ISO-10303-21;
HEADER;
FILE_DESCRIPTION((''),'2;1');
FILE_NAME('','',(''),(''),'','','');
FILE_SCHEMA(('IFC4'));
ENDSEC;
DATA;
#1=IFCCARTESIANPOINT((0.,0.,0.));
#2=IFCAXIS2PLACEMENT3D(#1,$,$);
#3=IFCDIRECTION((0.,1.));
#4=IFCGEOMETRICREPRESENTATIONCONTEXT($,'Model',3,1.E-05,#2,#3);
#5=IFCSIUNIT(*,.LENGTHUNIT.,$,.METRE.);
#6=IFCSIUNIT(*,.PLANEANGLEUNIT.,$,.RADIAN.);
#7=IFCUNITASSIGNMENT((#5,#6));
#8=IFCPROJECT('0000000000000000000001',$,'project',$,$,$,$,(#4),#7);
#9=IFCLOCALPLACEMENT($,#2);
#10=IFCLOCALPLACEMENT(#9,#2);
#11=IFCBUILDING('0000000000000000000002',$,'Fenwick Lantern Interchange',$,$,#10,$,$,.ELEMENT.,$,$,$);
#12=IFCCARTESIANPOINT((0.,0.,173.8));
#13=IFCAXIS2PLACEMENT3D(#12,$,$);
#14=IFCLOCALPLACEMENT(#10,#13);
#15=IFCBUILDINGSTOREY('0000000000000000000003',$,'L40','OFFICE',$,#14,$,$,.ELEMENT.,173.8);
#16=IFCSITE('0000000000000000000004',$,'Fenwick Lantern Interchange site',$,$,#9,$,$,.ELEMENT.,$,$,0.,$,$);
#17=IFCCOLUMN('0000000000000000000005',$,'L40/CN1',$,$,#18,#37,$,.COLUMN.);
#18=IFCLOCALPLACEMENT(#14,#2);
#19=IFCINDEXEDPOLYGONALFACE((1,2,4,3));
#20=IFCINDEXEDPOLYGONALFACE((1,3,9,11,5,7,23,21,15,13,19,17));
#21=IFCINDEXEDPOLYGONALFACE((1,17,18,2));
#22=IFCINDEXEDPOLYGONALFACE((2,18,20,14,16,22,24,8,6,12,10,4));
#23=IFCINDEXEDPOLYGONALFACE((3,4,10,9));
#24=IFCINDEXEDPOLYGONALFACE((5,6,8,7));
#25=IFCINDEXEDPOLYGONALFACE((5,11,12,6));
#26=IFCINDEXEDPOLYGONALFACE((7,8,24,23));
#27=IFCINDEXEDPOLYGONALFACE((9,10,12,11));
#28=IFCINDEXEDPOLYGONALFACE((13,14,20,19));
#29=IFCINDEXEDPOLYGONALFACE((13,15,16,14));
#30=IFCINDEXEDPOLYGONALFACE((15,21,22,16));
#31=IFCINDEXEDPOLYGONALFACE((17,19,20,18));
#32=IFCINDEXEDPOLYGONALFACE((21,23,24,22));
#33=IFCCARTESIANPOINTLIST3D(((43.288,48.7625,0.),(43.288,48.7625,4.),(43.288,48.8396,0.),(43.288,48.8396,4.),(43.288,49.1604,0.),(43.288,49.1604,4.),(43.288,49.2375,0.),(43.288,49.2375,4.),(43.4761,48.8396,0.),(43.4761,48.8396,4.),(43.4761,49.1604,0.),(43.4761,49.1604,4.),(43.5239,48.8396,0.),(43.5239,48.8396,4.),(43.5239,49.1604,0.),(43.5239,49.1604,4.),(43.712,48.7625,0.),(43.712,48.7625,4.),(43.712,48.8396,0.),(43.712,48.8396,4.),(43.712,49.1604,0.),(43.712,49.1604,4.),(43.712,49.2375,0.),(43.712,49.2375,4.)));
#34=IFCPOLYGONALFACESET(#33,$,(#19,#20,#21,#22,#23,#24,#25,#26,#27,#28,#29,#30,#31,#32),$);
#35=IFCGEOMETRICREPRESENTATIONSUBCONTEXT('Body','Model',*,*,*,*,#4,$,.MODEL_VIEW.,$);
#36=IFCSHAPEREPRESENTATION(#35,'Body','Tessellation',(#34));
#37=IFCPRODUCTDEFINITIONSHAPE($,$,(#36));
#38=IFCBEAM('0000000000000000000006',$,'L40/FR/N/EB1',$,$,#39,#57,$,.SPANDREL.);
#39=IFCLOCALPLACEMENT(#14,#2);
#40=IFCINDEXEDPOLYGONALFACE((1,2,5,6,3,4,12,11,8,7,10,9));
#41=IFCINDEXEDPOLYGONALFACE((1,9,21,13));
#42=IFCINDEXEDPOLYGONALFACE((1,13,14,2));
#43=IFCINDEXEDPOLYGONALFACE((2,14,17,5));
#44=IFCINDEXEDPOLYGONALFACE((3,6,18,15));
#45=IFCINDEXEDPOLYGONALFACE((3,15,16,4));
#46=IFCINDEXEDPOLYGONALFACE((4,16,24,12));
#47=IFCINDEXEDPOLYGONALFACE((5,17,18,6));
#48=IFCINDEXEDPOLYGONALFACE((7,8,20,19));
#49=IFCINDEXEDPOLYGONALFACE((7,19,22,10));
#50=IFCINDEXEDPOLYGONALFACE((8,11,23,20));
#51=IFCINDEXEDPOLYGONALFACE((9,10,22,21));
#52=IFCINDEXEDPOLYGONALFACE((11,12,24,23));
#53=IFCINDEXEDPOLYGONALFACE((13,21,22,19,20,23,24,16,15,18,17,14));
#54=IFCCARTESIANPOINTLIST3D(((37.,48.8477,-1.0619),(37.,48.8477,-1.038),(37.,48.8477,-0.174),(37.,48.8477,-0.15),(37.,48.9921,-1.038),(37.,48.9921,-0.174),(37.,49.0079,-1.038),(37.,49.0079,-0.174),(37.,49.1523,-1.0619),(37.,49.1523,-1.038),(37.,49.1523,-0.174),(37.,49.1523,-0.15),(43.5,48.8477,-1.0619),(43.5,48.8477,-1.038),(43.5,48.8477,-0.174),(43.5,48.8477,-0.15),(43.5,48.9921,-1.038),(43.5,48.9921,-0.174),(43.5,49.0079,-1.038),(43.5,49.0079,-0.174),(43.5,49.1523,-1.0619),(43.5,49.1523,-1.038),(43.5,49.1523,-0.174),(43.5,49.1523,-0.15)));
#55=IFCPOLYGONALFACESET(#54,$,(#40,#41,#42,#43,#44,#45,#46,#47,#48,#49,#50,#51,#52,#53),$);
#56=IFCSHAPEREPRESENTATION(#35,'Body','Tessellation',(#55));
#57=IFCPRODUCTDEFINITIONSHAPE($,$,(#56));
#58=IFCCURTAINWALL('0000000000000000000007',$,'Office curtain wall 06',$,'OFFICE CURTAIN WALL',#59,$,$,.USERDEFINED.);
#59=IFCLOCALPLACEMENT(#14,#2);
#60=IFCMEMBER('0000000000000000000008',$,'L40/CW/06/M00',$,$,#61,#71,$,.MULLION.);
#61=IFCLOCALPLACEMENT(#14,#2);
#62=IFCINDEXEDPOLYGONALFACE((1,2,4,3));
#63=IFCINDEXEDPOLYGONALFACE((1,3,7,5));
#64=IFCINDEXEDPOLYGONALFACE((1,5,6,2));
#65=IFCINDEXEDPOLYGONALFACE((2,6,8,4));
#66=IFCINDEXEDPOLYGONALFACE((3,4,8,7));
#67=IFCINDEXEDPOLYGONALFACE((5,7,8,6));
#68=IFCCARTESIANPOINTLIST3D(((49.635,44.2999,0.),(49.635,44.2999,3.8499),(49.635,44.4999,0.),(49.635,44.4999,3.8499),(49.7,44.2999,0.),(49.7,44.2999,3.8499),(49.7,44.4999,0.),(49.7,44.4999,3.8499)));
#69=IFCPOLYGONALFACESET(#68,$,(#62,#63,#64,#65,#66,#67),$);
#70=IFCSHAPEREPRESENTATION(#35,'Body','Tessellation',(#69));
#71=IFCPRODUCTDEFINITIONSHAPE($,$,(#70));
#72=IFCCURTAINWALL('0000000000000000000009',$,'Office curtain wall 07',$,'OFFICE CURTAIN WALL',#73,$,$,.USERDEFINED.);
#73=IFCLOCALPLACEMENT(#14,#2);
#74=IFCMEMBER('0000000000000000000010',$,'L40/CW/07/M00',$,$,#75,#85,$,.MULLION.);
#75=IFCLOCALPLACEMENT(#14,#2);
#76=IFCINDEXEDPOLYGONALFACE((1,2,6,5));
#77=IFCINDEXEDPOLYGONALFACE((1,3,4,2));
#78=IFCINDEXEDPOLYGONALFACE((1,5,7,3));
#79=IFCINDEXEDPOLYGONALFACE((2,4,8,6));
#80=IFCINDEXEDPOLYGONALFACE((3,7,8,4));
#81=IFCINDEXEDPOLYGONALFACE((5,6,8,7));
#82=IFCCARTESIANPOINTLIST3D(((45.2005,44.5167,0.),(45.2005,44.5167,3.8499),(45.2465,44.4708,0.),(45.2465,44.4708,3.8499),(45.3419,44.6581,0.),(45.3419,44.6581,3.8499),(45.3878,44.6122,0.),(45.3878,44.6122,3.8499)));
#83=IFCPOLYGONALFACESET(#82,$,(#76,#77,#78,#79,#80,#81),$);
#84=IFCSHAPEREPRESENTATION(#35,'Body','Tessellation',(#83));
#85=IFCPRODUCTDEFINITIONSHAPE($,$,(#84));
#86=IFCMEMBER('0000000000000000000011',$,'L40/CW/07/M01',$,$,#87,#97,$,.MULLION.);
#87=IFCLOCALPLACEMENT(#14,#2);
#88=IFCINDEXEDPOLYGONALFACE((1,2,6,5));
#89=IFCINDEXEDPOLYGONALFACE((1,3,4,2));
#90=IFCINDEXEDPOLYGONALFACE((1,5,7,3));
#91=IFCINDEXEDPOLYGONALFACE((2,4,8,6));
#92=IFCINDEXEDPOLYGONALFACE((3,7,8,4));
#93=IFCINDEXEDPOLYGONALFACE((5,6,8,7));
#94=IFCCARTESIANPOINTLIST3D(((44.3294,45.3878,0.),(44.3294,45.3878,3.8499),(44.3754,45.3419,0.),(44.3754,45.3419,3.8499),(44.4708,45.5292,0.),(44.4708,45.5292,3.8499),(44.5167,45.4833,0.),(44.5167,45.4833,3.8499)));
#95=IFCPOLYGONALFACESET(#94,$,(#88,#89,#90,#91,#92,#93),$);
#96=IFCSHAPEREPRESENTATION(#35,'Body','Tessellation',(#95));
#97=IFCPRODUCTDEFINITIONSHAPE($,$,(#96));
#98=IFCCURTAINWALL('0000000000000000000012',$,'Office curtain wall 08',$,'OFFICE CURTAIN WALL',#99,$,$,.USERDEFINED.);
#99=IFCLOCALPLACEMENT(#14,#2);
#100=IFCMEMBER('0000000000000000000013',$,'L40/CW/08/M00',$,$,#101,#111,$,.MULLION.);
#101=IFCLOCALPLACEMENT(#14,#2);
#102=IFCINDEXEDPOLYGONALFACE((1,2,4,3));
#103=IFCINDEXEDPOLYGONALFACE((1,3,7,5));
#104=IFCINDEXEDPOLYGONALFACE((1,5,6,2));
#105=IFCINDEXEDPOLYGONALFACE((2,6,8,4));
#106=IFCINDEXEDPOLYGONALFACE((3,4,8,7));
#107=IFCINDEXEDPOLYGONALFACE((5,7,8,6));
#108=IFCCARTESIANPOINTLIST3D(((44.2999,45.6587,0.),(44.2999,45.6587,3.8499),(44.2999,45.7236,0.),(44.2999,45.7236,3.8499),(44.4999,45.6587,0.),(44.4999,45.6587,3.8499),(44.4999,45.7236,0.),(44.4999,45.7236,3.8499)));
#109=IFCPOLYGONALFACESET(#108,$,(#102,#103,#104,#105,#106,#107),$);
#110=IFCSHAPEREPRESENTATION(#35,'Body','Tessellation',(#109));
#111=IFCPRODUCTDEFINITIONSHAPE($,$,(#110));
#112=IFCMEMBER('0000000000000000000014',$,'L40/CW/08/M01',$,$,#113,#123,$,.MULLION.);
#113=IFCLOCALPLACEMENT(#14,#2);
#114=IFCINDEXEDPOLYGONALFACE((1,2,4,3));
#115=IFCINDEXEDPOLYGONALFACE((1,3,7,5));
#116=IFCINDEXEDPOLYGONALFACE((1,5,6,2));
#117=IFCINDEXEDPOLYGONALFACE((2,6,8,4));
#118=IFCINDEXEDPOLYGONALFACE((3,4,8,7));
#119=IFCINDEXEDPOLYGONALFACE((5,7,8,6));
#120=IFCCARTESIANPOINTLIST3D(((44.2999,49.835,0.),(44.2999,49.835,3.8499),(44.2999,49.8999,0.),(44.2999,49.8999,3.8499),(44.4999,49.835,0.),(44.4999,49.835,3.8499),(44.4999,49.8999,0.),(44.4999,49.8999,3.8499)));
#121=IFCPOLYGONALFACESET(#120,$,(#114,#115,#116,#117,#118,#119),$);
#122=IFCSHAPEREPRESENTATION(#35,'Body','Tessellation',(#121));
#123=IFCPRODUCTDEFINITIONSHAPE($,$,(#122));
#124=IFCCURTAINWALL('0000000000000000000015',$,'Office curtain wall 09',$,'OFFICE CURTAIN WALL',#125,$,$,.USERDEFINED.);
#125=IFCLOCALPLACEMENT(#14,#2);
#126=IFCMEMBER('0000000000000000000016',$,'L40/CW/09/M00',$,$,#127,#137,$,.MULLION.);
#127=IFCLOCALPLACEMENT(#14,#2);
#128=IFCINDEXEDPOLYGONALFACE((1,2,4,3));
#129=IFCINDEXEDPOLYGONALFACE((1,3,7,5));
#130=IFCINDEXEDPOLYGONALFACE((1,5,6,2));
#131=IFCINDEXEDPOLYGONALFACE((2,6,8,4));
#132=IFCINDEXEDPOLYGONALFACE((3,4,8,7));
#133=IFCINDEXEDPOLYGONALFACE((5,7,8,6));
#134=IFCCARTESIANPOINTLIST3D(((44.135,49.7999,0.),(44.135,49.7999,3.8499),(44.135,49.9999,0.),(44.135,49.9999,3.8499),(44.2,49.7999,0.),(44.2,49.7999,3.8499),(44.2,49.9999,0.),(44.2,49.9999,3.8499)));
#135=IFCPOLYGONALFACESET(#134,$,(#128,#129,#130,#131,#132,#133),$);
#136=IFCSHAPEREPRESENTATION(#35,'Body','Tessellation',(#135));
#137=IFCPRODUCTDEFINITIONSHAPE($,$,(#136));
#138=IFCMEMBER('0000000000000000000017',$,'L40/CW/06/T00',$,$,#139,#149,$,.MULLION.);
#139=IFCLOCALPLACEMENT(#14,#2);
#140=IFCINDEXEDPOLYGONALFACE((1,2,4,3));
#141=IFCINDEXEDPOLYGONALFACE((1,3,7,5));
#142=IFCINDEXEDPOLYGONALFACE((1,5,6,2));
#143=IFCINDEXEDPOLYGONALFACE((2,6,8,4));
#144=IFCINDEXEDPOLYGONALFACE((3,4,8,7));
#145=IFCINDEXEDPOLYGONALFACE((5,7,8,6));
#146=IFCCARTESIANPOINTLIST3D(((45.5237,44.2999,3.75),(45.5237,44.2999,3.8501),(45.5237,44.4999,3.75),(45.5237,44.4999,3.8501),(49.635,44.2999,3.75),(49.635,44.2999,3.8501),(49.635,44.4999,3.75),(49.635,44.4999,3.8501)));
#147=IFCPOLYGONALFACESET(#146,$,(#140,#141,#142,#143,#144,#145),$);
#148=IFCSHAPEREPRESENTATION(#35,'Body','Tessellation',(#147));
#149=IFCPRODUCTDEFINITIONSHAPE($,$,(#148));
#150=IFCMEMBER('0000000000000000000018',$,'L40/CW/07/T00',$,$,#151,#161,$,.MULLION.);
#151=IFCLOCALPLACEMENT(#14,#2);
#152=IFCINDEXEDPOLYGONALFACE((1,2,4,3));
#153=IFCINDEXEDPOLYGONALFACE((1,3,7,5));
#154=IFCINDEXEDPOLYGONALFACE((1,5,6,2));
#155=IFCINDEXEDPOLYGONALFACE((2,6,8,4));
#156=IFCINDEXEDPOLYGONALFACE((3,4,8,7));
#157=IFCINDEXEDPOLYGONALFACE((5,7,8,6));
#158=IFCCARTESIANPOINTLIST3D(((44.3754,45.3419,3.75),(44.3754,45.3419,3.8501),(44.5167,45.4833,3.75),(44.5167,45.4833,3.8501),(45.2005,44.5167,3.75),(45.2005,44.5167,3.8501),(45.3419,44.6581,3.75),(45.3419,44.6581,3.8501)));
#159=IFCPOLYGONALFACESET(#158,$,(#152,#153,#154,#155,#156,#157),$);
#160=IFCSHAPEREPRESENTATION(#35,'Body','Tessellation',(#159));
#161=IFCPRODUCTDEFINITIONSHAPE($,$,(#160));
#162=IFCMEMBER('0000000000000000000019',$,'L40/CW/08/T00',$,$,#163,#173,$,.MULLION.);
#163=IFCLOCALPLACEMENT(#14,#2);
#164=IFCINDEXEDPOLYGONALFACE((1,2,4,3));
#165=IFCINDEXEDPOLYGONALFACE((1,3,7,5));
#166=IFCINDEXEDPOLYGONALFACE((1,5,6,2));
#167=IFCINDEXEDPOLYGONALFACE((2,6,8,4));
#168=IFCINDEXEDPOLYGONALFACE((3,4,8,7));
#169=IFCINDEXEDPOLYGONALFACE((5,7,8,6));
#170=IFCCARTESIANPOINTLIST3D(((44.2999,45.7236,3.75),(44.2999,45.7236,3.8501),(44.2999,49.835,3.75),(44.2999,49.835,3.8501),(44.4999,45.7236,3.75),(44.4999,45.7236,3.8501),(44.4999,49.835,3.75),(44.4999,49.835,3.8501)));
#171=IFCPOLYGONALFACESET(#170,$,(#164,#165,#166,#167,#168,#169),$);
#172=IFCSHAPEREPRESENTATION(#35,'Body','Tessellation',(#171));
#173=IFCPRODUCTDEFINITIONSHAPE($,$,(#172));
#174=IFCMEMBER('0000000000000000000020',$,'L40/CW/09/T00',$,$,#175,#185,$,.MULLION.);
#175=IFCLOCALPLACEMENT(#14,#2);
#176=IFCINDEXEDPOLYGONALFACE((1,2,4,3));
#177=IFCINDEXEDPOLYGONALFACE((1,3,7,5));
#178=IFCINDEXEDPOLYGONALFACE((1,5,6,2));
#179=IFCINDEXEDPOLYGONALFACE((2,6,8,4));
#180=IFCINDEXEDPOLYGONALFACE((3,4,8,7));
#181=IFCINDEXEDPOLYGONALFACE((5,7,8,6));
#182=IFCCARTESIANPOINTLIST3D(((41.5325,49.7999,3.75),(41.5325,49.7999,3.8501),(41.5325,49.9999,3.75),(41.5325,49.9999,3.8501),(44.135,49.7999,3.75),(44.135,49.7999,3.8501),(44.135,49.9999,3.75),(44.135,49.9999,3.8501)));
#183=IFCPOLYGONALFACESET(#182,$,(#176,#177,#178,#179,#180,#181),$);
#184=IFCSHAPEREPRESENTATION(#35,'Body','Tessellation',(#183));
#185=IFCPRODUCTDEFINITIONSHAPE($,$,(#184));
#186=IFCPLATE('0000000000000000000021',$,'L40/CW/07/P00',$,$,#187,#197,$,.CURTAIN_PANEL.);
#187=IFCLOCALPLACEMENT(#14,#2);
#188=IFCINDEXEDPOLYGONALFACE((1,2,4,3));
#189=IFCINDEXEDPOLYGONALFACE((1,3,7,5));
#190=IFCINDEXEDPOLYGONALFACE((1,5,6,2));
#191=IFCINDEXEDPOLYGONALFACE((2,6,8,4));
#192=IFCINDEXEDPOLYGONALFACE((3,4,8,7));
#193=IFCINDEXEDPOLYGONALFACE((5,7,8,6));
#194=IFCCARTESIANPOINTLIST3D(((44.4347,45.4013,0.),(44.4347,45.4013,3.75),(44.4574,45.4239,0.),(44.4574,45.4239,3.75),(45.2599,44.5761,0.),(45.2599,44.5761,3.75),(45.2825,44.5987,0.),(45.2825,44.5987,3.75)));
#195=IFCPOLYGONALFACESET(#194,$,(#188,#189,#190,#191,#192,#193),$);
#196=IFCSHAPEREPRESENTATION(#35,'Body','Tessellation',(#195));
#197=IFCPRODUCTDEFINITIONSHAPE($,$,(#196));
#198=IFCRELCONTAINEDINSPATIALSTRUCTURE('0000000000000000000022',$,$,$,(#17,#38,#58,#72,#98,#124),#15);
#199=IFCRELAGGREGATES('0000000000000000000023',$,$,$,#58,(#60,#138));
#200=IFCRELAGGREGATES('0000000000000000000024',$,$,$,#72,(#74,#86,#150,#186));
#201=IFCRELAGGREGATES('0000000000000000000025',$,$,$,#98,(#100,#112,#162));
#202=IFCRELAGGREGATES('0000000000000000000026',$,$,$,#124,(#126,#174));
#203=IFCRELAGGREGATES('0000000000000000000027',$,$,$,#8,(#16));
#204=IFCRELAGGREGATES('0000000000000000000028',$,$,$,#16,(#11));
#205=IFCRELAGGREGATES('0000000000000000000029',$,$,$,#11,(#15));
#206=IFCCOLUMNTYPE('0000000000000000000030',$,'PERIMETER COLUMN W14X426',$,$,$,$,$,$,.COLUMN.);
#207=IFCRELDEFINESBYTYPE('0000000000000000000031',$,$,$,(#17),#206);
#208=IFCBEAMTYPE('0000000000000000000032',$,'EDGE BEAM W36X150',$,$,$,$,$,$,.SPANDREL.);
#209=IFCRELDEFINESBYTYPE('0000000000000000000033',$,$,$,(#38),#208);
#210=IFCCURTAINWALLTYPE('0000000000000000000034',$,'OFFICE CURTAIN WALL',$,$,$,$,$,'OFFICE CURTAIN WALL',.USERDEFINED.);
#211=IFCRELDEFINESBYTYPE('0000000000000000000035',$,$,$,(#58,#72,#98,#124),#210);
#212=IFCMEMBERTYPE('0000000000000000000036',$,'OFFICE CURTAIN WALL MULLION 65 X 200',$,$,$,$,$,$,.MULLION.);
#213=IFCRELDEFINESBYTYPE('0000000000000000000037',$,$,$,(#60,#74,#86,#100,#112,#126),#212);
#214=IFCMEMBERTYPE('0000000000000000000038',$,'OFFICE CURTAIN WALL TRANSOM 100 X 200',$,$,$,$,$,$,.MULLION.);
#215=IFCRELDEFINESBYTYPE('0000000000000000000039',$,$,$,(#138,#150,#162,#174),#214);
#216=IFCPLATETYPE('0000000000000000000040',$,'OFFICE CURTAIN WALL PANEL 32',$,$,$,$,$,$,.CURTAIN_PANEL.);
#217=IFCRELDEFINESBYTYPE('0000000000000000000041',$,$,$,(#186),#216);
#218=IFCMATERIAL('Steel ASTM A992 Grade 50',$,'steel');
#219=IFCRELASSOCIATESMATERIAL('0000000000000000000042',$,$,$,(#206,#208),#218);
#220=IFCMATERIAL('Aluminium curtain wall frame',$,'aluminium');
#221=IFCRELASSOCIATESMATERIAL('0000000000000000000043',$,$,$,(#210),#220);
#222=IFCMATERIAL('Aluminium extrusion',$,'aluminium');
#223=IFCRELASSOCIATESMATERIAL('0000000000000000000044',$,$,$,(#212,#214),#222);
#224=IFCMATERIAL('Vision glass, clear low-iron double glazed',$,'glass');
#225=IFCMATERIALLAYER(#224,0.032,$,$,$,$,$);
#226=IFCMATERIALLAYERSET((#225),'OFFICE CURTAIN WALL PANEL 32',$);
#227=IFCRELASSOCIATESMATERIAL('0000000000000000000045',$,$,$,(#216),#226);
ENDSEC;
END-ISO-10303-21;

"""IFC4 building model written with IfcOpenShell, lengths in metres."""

from ifc_helpers import new_model, si_unit, direction, frame, origin, origin_2d, place, context, subcontext, project, spatial, rectangle, i_section, extrude, material, layer, layer_set, material_profile, profile_set, type_object, element, aggregate, save


model = new_model("IFC4")

# Units and contexts
model_context = context("Model", 3, precision=1e-05, world=origin(), true_north=direction((0.0, 1.0)))
body_context = subcontext(model_context, "Body", "Model", "MODEL_VIEW")
ifc_project = project(units=[si_unit("LENGTHUNIT", "METRE"), si_unit("PLANEANGLEUNIT", "RADIAN")], contexts=[model_context])

# Site, building, storey
site_placement = place(None, origin())
site = spatial("IfcSite", under=ifc_project, at=site_placement, Name="Fenwick Lantern Interchange site", CompositionType="ELEMENT", RefElevation=0.0)
building_placement = place(site_placement, origin())
building = spatial("IfcBuilding", under=site, at=building_placement, Name="Fenwick Lantern Interchange", CompositionType="ELEMENT")
storey_placement = place(building_placement, frame((0.0, 0.0, 173.8)))
storey = spatial("IfcBuildingStorey", under=building, at=storey_placement, Name="L40", Description="OFFICE", CompositionType="ELEMENT", Elevation=173.8)

# Column
ifc_material_1 = material(Name="Steel ASTM A992 Grade 50", Category="steel")
ifc_material_profile_1 = material_profile(ifc_material_1, i_section(OverallWidth=0.4241, OverallDepth=0.4751, WebThickness=0.0479, FlangeThickness=0.0771, at=origin_2d()), Name="W14X426")
ifc_profile_set_1 = profile_set([ifc_material_profile_1], Name="Steel ASTM A992 Grade 50")
column_type = type_object("IfcColumnType", Name="PERIMETER COLUMN W14X426", PredefinedType="COLUMN", material=ifc_profile_set_1)
column_placement = place(storey_placement, frame((43.5, 49.0, 0.0), z_axis=(0.0, 0.0, 1.0), x_axis=(1.0, 0.0, 0.0)))
element("IfcColumn", 1, at=column_placement, inside=storey, type_object=column_type, Name="L40/CN1", PredefinedType="COLUMN", context=body_context, shape_type="SweptSolid", body=[
    extrude(i_section(OverallWidth=0.4241, OverallDepth=0.4751, WebThickness=0.0479, FlangeThickness=0.0771, at=origin_2d()), origin(), (0.0, 0.0, 1.0), 4.0),
])

# Beam
ifc_material_profile_2 = material_profile(ifc_material_1, i_section(OverallWidth=0.3047, OverallDepth=0.9119, WebThickness=0.0159, FlangeThickness=0.0239, at=origin_2d()), Name="W36X150")
ifc_profile_set_2 = profile_set([ifc_material_profile_2], Name="Steel ASTM A992 Grade 50")
beam_type = type_object("IfcBeamType", Name="EDGE BEAM W36X150", PredefinedType="SPANDREL", material=ifc_profile_set_2)
beam_placement = place(storey_placement, frame((43.5, 49.0, -0.606), z_axis=(-1.0, 0.0, 0.0), x_axis=(0.0, -1.0, 0.0)))
element("IfcBeam", 2, at=beam_placement, inside=storey, type_object=beam_type, Name="L40/FR/N/EB1", PredefinedType="SPANDREL", context=body_context, shape_type="SweptSolid", body=[
    extrude(i_section(OverallWidth=0.3047, OverallDepth=0.9119, WebThickness=0.0159, FlangeThickness=0.0239, at=origin_2d()), origin(), (0.0, 0.0, 1.0), 6.5),
])

# Curtain wall, member
ifc_material_2 = material(Name="Aluminium curtain wall frame", Category="aluminium")
curtain_wall_type = type_object("IfcCurtainWallType", Name="OFFICE CURTAIN WALL", ElementType="OFFICE CURTAIN WALL", PredefinedType="USERDEFINED", material=ifc_material_2)
curtain_wall_1_placement = place(storey_placement, origin())
curtain_wall_1 = element("IfcCurtainWall", 3, at=curtain_wall_1_placement, inside=storey, type_object=curtain_wall_type, Name="Office curtain wall 06", ObjectType="OFFICE CURTAIN WALL", PredefinedType="USERDEFINED")
ifc_material_3 = material(Name="Aluminium extrusion", Category="aluminium")
ifc_material_profile_3 = material_profile(ifc_material_3, rectangle(XDim=0.2, YDim=0.0649, at=origin_2d()), Name="OFFICE CURTAIN WALL MULLION 65 X 200")
ifc_profile_set_3 = profile_set([ifc_material_profile_3], Name="Aluminium extrusion")
member_type_1 = type_object("IfcMemberType", Name="OFFICE CURTAIN WALL MULLION 65 X 200", PredefinedType="MULLION", material=ifc_profile_set_3)
member_1_placement = place(storey_placement, frame((49.6675, 44.3999, 0.0), z_axis=(0.0, 0.0, 1.0), x_axis=(0.0, -1.0, 0.0)))
member_1 = element("IfcMember", 4, at=member_1_placement, type_object=member_type_1, Name="L40/CW/06/M00", PredefinedType="MULLION", context=body_context, shape_type="SweptSolid", body=[
    extrude(rectangle(XDim=0.2, YDim=0.0649, at=origin_2d()), origin(), (0.0, 0.0, 1.0), 3.8499),
])

# Curtain walls, members
curtain_wall_2_placement = place(storey_placement, origin())
curtain_wall_2 = element("IfcCurtainWall", 5, at=curtain_wall_2_placement, inside=storey, type_object=curtain_wall_type, Name="Office curtain wall 07", ObjectType="OFFICE CURTAIN WALL", PredefinedType="USERDEFINED")
member_2_placement = place(storey_placement, frame((45.2942, 44.5645, 0.0), z_axis=(0.0, 0.0, 1.0), x_axis=(-0.707107, -0.707107, 0.0)))
member_2 = element("IfcMember", 6, at=member_2_placement, type_object=member_type_1, Name="L40/CW/07/M00", PredefinedType="MULLION", context=body_context, shape_type="SweptSolid", body=[
    extrude(rectangle(XDim=0.2, YDim=0.0649, at=origin_2d()), origin(), (0.0, 0.0, 1.0), 3.8499),
])
member_3_placement = place(storey_placement, frame((44.4231, 45.4355, 0.0), z_axis=(0.0, 0.0, 1.0), x_axis=(-0.707107, -0.707107, 0.0)))
member_3 = element("IfcMember", 7, at=member_3_placement, type_object=member_type_1, Name="L40/CW/07/M01", PredefinedType="MULLION", context=body_context, shape_type="SweptSolid", body=[
    extrude(rectangle(XDim=0.2, YDim=0.0649, at=origin_2d()), origin(), (0.0, 0.0, 1.0), 3.8499),
])
curtain_wall_3_placement = place(storey_placement, origin())
curtain_wall_3 = element("IfcCurtainWall", 8, at=curtain_wall_3_placement, inside=storey, type_object=curtain_wall_type, Name="Office curtain wall 08", ObjectType="OFFICE CURTAIN WALL", PredefinedType="USERDEFINED")
member_4_placement = place(storey_placement, frame((44.3999, 45.6912, 0.0), z_axis=(0.0, 0.0, 1.0), x_axis=(-1.0, 0.0, 0.0)))
member_4 = element("IfcMember", 9, at=member_4_placement, type_object=member_type_1, Name="L40/CW/08/M00", PredefinedType="MULLION", context=body_context, shape_type="SweptSolid", body=[
    extrude(rectangle(XDim=0.2, YDim=0.0649, at=origin_2d()), origin(), (0.0, 0.0, 1.0), 3.8499),
])
member_5_placement = place(storey_placement, frame((44.3999, 49.8674, 0.0), z_axis=(0.0, 0.0, 1.0), x_axis=(-1.0, 0.0, 0.0)))
member_5 = element("IfcMember", 10, at=member_5_placement, type_object=member_type_1, Name="L40/CW/08/M01", PredefinedType="MULLION", context=body_context, shape_type="SweptSolid", body=[
    extrude(rectangle(XDim=0.2, YDim=0.0649, at=origin_2d()), origin(), (0.0, 0.0, 1.0), 3.8499),
])

# Curtain wall, member
curtain_wall_4_placement = place(storey_placement, origin())
curtain_wall_4 = element("IfcCurtainWall", 11, at=curtain_wall_4_placement, inside=storey, type_object=curtain_wall_type, Name="Office curtain wall 09", ObjectType="OFFICE CURTAIN WALL", PredefinedType="USERDEFINED")
member_6_placement = place(storey_placement, frame((44.1675, 49.8999, 0.0), z_axis=(0.0, 0.0, 1.0), x_axis=(0.0, -1.0, 0.0)))
member_6 = element("IfcMember", 12, at=member_6_placement, type_object=member_type_1, Name="L40/CW/09/M00", PredefinedType="MULLION", context=body_context, shape_type="SweptSolid", body=[
    extrude(rectangle(XDim=0.2, YDim=0.0649, at=origin_2d()), origin(), (0.0, 0.0, 1.0), 3.8499),
])

# Members
ifc_material_profile_4 = material_profile(ifc_material_3, rectangle(XDim=0.2, YDim=0.1001, at=origin_2d()), Name="OFFICE CURTAIN WALL TRANSOM 100 X 200")
ifc_profile_set_4 = profile_set([ifc_material_profile_4], Name="Aluminium extrusion")
member_type_2 = type_object("IfcMemberType", Name="OFFICE CURTAIN WALL TRANSOM 100 X 200", PredefinedType="MULLION", material=ifc_profile_set_4)
member_7_placement = place(storey_placement, frame((49.635, 44.3999, 3.8), z_axis=(-1.0, 0.0, 0.0), x_axis=(0.0, -1.0, 0.0)))
member_7 = element("IfcMember", 13, at=member_7_placement, type_object=member_type_2, Name="L40/CW/06/T00", PredefinedType="MULLION", context=body_context, shape_type="SweptSolid", body=[
    extrude(rectangle(XDim=0.2, YDim=0.1001, at=origin_2d()), origin(), (0.0, 0.0, 1.0), 4.1113),
])
aggregate(curtain_wall_1, [member_1, member_7])
member_8_placement = place(storey_placement, frame((45.2712, 44.5874, 3.8), z_axis=(-0.707107, 0.707107, 0.0), x_axis=(-0.707107, -0.707107, 0.0)))
member_8 = element("IfcMember", 14, at=member_8_placement, type_object=member_type_2, Name="L40/CW/07/T00", PredefinedType="MULLION", context=body_context, shape_type="SweptSolid", body=[
    extrude(rectangle(XDim=0.2, YDim=0.1001, at=origin_2d()), origin(), (0.0, 0.0, 1.0), 1.167),
])
member_9_placement = place(storey_placement, frame((44.3999, 45.7236, 3.8), z_axis=(0.0, 1.0, 0.0), x_axis=(-1.0, 0.0, 0.0)))
member_9 = element("IfcMember", 15, at=member_9_placement, type_object=member_type_2, Name="L40/CW/08/T00", PredefinedType="MULLION", context=body_context, shape_type="SweptSolid", body=[
    extrude(rectangle(XDim=0.2, YDim=0.1001, at=origin_2d()), origin(), (0.0, 0.0, 1.0), 4.1113),
])
member_10_placement = place(storey_placement, frame((44.135, 49.8999, 3.8), z_axis=(-1.0, 0.0, 0.0), x_axis=(0.0, -1.0, 0.0)))
member_10 = element("IfcMember", 16, at=member_10_placement, type_object=member_type_2, Name="L40/CW/09/T00", PredefinedType="MULLION", context=body_context, shape_type="SweptSolid", body=[
    extrude(rectangle(XDim=0.2, YDim=0.1001, at=origin_2d()), origin(), (0.0, 0.0, 1.0), 2.6025),
])

# Plate
ifc_material_4 = material(Name="Vision glass, clear low-iron double glazed", Category="glass")
ifc_layer_1 = layer(ifc_material_4, 0.032)
ifc_layer_set_1 = layer_set([ifc_layer_1], Name="OFFICE CURTAIN WALL PANEL 32")
plate_type = type_object("IfcPlateType", Name="OFFICE CURTAIN WALL PANEL 32", PredefinedType="CURTAIN_PANEL", material=ifc_layer_set_1)
plate_1_placement = place(storey_placement, frame((44.8586, 45.0, 0.0), z_axis=(0.0, 0.0, 1.0), x_axis=(-0.707107, 0.707107, 0.0)))
plate_1 = element("IfcPlate", 17, at=plate_1_placement, type_object=plate_type, Name="L40/CW/07/P00", PredefinedType="CURTAIN_PANEL", context=body_context, shape_type="SweptSolid", body=[
    extrude(rectangle(XDim=1.167, YDim=0.032, at=origin_2d()), origin(), (0.0, 0.0, 1.0), 3.75),
])
aggregate(curtain_wall_2, [member_2, member_3, member_8, plate_1])
aggregate(curtain_wall_3, [member_4, member_5, member_9])
aggregate(curtain_wall_4, [member_6, member_10])

save(model, "model.ifc")
